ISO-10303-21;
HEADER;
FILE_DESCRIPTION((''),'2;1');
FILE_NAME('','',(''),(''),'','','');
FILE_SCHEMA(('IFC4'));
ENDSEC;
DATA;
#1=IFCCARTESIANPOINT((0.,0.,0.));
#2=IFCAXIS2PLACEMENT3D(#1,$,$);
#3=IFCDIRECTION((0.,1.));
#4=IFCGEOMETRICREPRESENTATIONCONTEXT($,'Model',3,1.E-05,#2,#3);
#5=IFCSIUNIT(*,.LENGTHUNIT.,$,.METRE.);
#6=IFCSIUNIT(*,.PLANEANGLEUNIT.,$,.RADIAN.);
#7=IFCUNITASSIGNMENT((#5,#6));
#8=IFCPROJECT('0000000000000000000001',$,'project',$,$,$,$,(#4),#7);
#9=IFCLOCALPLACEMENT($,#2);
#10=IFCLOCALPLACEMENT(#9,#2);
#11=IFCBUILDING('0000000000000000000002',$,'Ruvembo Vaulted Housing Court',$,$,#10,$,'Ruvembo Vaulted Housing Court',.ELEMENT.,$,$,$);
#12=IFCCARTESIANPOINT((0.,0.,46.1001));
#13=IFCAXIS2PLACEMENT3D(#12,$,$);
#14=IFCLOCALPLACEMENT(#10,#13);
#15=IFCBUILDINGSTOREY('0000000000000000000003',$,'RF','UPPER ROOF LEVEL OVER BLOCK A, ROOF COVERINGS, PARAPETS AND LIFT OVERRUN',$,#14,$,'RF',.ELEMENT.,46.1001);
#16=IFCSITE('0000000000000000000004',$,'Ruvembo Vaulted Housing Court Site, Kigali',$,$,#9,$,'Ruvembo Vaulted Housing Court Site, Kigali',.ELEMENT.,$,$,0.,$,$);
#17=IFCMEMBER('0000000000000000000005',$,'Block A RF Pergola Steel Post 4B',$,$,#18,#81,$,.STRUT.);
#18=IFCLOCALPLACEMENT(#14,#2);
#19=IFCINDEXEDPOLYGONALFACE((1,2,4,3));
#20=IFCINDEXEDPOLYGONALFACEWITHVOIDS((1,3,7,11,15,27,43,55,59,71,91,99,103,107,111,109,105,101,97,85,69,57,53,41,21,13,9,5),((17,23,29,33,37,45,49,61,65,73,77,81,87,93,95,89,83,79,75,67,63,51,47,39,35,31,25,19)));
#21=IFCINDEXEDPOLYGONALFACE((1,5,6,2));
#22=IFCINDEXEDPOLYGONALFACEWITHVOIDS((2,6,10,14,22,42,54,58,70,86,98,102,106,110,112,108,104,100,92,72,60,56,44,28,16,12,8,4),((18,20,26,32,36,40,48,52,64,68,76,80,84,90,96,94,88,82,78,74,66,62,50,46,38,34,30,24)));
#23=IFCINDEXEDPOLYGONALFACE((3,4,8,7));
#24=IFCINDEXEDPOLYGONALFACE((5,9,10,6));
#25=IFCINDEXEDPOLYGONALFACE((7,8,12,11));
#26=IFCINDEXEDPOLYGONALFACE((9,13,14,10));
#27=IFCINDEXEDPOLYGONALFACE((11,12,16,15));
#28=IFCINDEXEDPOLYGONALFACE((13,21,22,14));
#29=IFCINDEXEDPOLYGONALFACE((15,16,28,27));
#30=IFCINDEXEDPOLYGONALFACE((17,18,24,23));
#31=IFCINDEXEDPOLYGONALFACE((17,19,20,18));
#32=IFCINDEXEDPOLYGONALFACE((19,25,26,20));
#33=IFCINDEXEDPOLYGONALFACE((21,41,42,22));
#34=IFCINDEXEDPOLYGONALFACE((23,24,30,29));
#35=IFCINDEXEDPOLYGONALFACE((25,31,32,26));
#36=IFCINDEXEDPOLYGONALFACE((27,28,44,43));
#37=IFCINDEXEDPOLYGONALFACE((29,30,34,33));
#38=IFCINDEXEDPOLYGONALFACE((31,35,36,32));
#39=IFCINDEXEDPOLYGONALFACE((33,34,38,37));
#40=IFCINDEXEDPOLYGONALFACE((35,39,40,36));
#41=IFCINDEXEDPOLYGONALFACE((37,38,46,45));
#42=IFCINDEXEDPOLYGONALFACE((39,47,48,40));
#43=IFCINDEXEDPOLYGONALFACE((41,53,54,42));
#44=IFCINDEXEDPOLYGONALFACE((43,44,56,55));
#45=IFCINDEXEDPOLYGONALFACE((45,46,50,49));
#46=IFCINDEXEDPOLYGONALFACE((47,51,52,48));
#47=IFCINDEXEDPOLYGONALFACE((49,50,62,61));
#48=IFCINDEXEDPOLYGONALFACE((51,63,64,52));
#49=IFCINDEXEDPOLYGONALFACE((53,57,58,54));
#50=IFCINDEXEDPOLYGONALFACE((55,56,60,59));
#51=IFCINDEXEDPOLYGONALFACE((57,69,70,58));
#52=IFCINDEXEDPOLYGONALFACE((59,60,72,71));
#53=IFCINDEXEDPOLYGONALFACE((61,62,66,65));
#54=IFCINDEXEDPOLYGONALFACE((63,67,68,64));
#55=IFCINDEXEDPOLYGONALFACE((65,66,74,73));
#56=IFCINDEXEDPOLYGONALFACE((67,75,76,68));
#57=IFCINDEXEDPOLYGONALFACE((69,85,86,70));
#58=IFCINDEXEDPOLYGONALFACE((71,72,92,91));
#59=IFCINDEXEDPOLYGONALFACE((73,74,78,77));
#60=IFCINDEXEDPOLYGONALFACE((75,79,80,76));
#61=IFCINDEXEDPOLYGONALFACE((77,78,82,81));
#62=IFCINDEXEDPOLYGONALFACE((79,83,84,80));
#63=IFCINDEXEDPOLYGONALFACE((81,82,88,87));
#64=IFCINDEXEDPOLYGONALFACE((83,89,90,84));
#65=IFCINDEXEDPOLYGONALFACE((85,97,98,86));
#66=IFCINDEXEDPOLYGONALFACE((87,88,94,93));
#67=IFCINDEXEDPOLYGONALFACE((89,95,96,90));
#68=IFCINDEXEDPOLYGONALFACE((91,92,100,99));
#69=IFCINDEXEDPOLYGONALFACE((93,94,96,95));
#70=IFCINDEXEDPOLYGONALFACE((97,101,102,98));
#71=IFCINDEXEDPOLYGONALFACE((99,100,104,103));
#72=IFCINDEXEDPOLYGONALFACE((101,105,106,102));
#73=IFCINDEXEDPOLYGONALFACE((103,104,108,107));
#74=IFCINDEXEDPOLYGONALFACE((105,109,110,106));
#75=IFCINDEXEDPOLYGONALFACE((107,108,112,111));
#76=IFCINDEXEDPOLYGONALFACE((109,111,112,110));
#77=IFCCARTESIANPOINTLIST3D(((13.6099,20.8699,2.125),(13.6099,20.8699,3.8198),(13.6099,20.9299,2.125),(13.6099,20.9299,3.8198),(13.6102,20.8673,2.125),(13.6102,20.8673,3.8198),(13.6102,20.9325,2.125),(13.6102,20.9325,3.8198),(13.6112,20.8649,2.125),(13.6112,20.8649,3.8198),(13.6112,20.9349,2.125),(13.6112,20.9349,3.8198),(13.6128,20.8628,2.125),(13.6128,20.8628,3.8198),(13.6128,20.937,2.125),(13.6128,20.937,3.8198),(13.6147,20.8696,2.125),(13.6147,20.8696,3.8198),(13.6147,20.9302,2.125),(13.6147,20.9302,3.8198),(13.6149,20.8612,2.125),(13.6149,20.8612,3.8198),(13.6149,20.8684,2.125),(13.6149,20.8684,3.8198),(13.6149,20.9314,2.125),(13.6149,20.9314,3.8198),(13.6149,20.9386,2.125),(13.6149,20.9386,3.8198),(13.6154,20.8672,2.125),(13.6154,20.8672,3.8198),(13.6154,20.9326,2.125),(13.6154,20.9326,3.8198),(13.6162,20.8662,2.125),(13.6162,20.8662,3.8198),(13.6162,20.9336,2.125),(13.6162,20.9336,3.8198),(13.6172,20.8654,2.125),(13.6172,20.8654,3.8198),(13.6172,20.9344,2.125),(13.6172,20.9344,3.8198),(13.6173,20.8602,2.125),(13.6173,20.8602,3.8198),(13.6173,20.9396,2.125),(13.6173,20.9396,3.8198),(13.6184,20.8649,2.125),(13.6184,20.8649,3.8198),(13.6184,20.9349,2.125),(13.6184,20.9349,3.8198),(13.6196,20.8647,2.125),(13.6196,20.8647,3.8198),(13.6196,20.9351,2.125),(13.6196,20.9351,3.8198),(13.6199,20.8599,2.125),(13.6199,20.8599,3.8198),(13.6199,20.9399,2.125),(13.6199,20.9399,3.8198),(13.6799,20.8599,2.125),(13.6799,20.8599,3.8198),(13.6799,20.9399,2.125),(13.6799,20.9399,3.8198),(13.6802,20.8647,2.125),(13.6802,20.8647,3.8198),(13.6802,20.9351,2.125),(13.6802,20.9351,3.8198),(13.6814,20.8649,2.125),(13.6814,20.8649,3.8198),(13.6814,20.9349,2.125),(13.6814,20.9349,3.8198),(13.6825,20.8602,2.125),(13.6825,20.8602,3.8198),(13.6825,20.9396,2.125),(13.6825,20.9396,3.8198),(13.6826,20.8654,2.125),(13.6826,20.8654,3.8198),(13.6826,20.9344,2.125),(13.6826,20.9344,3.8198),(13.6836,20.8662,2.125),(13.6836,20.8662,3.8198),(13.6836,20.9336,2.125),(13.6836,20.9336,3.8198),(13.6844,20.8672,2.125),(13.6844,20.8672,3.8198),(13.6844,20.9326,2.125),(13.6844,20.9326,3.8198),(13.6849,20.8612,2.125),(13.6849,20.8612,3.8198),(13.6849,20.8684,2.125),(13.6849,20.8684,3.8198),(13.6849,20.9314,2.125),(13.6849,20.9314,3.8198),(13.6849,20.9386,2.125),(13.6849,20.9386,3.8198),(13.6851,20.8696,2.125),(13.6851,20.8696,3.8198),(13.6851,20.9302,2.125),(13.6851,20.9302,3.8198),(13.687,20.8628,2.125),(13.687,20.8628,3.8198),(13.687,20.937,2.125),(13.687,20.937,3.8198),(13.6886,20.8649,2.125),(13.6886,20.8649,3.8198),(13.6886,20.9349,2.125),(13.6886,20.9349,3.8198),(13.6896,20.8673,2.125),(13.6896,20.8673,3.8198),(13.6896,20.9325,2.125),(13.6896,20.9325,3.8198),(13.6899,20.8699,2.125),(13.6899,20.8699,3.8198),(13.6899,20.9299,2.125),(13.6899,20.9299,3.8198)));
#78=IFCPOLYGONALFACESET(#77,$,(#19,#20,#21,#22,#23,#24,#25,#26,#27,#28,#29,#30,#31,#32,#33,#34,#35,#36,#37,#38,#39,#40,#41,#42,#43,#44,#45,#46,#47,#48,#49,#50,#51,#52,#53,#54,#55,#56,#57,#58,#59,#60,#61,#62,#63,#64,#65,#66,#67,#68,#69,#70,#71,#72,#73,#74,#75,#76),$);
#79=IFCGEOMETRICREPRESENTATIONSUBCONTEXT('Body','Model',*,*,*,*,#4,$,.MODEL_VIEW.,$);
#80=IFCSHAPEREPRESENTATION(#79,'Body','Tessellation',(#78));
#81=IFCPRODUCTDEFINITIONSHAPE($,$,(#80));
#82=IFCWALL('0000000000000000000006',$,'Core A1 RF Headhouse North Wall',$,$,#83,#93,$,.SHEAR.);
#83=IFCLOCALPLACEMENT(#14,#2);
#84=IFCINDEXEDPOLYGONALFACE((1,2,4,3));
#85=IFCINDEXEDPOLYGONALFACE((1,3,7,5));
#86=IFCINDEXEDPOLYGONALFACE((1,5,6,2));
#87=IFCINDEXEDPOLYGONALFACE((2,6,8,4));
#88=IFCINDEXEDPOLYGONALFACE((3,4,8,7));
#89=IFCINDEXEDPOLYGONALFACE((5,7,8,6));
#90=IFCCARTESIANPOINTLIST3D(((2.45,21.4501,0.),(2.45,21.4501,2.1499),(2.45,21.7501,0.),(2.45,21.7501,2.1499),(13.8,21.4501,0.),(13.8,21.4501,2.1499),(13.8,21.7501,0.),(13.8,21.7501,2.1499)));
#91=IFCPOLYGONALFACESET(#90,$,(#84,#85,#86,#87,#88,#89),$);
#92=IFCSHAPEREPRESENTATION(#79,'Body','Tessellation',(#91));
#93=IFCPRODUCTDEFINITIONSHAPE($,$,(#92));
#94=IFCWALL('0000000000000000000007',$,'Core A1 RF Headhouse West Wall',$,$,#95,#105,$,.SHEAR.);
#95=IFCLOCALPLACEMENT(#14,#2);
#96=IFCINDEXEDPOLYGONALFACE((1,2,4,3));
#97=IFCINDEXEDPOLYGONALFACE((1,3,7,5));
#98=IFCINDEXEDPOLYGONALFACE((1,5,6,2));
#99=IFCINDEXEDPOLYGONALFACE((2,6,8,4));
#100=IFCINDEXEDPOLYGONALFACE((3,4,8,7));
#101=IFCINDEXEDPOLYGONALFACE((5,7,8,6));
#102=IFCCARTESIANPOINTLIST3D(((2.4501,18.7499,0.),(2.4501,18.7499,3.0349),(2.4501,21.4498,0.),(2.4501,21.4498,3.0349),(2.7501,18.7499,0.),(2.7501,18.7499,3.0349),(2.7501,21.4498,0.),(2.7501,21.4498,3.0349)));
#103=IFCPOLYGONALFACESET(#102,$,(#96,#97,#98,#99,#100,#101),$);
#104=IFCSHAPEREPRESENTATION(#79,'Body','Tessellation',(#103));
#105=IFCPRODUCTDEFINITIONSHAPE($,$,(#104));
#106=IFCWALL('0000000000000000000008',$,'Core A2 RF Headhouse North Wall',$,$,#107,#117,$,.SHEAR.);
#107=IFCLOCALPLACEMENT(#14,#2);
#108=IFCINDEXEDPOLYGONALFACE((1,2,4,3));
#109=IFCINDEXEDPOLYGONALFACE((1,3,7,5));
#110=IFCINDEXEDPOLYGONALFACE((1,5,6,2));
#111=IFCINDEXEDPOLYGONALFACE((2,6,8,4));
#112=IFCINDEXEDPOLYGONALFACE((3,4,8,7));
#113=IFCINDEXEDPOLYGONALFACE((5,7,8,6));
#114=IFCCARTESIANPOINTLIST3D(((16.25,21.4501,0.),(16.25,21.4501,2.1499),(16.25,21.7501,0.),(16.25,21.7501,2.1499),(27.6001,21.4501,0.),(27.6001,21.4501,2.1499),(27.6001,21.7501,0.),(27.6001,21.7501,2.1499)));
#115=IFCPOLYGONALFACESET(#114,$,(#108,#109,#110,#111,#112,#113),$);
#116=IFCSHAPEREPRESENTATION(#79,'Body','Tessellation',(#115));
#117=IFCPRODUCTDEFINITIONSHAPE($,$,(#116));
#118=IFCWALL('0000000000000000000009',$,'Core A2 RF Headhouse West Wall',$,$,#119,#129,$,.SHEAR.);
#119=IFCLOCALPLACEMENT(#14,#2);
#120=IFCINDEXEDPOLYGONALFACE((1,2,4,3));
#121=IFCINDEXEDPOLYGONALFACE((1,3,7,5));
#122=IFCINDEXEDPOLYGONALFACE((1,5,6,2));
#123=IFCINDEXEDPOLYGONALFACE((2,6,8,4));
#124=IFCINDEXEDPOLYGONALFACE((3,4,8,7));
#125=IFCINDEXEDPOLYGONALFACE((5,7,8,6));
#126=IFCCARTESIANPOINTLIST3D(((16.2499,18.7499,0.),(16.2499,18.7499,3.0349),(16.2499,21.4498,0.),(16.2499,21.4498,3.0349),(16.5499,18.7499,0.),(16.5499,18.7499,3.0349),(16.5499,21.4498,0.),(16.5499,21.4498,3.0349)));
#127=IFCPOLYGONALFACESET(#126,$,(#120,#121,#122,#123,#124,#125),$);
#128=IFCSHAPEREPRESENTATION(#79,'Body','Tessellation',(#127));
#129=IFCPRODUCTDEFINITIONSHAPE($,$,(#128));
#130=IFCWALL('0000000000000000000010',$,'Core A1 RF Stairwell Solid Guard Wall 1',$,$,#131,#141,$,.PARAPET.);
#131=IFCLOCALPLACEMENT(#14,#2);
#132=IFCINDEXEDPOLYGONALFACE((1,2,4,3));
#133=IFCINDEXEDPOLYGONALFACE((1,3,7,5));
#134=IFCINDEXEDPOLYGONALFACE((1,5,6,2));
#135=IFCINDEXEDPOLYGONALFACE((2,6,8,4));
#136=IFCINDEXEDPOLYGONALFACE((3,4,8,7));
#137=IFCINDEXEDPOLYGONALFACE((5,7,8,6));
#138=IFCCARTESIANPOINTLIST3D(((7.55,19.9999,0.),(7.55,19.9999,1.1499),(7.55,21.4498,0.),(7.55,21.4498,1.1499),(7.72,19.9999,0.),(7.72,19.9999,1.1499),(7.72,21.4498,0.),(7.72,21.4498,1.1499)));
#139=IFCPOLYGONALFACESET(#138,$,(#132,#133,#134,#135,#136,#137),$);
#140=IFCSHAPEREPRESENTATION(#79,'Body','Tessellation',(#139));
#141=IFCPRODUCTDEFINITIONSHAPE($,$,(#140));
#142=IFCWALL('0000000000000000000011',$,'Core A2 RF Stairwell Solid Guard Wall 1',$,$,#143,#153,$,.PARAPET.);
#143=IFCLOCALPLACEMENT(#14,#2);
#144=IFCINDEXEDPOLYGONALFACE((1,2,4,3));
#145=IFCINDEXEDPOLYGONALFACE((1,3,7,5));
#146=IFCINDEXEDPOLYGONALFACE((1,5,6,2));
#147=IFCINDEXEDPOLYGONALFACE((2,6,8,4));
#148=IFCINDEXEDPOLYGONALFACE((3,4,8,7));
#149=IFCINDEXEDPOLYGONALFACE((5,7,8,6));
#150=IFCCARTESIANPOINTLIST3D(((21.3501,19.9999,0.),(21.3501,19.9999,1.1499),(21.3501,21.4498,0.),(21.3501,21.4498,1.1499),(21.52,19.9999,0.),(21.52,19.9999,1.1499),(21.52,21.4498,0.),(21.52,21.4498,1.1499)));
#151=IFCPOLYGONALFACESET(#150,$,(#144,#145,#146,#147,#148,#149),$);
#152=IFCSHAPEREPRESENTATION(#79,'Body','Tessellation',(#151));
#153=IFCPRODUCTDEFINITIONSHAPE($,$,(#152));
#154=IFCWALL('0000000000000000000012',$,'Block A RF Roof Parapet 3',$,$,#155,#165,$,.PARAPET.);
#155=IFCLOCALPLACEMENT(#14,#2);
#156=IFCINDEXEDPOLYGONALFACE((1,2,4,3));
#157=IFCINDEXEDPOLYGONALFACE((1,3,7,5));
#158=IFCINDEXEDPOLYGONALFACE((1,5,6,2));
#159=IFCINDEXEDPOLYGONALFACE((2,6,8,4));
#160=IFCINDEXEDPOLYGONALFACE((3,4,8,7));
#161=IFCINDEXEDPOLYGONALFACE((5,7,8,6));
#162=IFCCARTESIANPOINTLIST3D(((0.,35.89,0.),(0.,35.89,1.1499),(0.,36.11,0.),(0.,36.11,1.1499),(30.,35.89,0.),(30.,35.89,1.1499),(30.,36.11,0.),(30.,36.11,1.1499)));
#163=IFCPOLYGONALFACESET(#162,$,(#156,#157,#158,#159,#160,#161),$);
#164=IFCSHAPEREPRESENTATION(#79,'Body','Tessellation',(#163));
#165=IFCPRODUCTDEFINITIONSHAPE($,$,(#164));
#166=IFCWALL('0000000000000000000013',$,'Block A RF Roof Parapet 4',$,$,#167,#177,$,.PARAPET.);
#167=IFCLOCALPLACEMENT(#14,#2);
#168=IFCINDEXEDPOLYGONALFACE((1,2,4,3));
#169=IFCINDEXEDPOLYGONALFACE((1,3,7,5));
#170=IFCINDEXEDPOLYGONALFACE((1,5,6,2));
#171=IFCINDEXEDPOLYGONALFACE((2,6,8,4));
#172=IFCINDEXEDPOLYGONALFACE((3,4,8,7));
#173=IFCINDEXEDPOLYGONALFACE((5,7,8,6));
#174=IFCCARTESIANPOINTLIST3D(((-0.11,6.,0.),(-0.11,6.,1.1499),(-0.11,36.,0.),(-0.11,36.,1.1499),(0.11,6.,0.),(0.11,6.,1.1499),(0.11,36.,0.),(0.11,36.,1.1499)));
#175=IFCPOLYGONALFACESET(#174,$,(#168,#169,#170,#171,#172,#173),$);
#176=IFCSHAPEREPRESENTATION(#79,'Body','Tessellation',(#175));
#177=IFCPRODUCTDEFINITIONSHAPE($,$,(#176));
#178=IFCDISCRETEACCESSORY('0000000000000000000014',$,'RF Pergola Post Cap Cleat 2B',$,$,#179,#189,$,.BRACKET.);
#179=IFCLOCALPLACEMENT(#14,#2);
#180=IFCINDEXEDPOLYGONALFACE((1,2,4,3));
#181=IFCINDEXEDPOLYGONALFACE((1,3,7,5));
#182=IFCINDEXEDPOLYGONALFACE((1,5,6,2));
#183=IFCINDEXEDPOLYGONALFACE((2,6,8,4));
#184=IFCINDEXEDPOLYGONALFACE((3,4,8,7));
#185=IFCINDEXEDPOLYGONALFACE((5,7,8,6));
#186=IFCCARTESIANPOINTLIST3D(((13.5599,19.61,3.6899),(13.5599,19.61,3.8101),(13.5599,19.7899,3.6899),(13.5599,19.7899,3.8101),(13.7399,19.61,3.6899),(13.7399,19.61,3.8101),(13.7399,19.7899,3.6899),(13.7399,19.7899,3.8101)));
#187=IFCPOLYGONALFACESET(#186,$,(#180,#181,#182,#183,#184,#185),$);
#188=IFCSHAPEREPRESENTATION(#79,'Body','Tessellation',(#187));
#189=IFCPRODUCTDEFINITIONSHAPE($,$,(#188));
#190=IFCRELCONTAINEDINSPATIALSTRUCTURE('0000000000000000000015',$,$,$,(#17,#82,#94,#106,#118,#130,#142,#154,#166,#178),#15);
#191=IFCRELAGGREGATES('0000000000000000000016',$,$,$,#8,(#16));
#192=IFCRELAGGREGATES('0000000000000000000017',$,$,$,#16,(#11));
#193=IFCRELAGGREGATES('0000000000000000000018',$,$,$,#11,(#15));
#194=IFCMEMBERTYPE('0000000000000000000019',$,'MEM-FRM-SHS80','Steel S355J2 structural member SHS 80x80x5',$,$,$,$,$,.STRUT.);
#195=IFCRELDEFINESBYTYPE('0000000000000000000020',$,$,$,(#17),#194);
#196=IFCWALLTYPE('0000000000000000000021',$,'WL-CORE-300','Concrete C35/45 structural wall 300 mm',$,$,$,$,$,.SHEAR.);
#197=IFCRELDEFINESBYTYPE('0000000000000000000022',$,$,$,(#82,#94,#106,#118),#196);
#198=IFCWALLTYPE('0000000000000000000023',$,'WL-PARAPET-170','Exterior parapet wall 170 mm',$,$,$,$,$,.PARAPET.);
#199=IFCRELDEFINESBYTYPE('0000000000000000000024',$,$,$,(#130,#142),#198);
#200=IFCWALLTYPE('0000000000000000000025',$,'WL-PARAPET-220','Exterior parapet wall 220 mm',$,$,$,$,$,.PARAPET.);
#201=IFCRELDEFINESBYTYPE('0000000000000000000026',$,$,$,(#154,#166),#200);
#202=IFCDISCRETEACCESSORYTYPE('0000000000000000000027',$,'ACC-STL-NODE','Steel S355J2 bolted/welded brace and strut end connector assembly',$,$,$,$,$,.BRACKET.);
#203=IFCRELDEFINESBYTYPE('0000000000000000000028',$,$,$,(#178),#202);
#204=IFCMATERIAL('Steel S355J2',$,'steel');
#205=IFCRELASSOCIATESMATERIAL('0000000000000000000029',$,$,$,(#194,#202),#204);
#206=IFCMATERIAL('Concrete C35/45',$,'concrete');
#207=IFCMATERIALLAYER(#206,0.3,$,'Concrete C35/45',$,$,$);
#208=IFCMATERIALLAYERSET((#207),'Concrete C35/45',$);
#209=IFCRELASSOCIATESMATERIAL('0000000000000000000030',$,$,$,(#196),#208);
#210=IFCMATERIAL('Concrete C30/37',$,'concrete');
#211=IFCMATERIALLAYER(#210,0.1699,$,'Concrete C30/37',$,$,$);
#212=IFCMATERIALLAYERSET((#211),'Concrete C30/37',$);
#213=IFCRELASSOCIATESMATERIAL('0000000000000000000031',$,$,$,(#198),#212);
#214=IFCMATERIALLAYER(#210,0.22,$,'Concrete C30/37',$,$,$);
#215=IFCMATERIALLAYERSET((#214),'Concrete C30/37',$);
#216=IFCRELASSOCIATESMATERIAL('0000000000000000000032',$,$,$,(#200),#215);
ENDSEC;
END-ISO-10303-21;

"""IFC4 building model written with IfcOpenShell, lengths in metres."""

from ifc_helpers import new_model, si_unit, direction, frame, frame_2d, origin, origin_2d, place, context, subcontext, project, spatial, rectangle, hollow_rectangle, extrude, material, layer, layer_set, material_profile, profile_set, type_object, element, save


model = new_model("IFC4")

# Units and contexts
model_context = context("Model", 3, precision=1e-05, world=origin(), true_north=direction((0.0, 1.0)))
body_context = subcontext(model_context, "Body", "Model", "MODEL_VIEW")
ifc_project = project(units=[si_unit("LENGTHUNIT", "METRE"), si_unit("PLANEANGLEUNIT", "RADIAN")], contexts=[model_context])

# Site, building, storey
site_placement = place(None, origin())
site = spatial("IfcSite", under=ifc_project, at=site_placement, Name="Ruvembo Vaulted Housing Court Site, Kigali", LongName="Ruvembo Vaulted Housing Court Site, Kigali", CompositionType="ELEMENT", RefElevation=0.0)
building_placement = place(site_placement, origin())
building = spatial("IfcBuilding", under=site, at=building_placement, Name="Ruvembo Vaulted Housing Court", LongName="Ruvembo Vaulted Housing Court", CompositionType="ELEMENT")
storey_placement = place(building_placement, frame((0.0, 0.0, 46.1001)))
storey = spatial("IfcBuildingStorey", under=building, at=storey_placement, Name="RF", Description="UPPER ROOF LEVEL OVER BLOCK A, ROOF COVERINGS, PARAPETS AND LIFT OVERRUN", LongName="RF", CompositionType="ELEMENT", Elevation=46.1001)

# Shared definitions
ifc_material_1 = material(Name="Steel S355J2", Category="steel")

# Member
ifc_material_profile_1 = material_profile(ifc_material_1, hollow_rectangle(XDim=0.0801, YDim=0.0801, WallThickness=0.0049, InnerFilletRadius=0.0049, OuterFilletRadius=0.01, at=origin_2d()), Name="SHS 80x80x5")
ifc_profile_set_1 = profile_set([ifc_material_profile_1], Name="Steel S355J2")
member_type = type_object("IfcMemberType", Name="MEM-FRM-SHS80", Description="Steel S355J2 structural member SHS 80x80x5", PredefinedType="STRUT", material=ifc_profile_set_1)
member_1_placement = place(storey_placement, frame((13.6499, 20.8999, 2.125), z_axis=(0.0, 0.0, 1.0), x_axis=(1.0, 0.0, 0.0)))
element("IfcMember", 1, at=member_1_placement, inside=storey, type_object=member_type, Name="Block A RF Pergola Steel Post 4B", PredefinedType="STRUT", context=body_context, shape_type="SweptSolid", body=[
    extrude(hollow_rectangle(XDim=0.0801, YDim=0.0801, WallThickness=0.0049, InnerFilletRadius=0.0049, OuterFilletRadius=0.01, at=origin_2d()), origin(), (0.0, 0.0, 1.0), 1.6948),
])

# Walls
ifc_material_2 = material(Name="Concrete C35/45", Category="concrete")
ifc_layer_1 = layer(ifc_material_2, 0.3, Name="Concrete C35/45")
ifc_layer_set_1 = layer_set([ifc_layer_1], Name="Concrete C35/45")
wall_type_1 = type_object("IfcWallType", Name="WL-CORE-300", Description="Concrete C35/45 structural wall 300 mm", PredefinedType="SHEAR", material=ifc_layer_set_1)
wall_1_placement = place(storey_placement, frame((13.8, 21.6001, 0.0), z_axis=(0.0, 0.0, 1.0), x_axis=(-1.0, 0.0, 0.0)))
element("IfcWall", 2, at=wall_1_placement, inside=storey, type_object=wall_type_1, Name="Core A1 RF Headhouse North Wall", PredefinedType="SHEAR", context=body_context, shape_type="SweptSolid", body=[
    extrude(rectangle(XDim=11.3501, YDim=0.3, at=frame_2d((5.675, 0.0))), origin(), (0.0, 0.0, 1.0), 2.1499),
])
wall_2_placement = place(storey_placement, frame((2.6001, 21.45, 0.0), z_axis=(0.0, 0.0, 1.0), x_axis=(0.0, -1.0, 0.0)))
element("IfcWall", 3, at=wall_2_placement, inside=storey, type_object=wall_type_1, Name="Core A1 RF Headhouse West Wall", PredefinedType="SHEAR", context=body_context, shape_type="SweptSolid", body=[
    extrude(rectangle(XDim=2.7, YDim=0.3, at=frame_2d((1.3501, 0.0))), origin(), (0.0, 0.0, 1.0), 3.0349),
])
wall_3_placement = place(storey_placement, frame((27.6001, 21.6001, 0.0), z_axis=(0.0, 0.0, 1.0), x_axis=(-1.0, 0.0, 0.0)))
element("IfcWall", 4, at=wall_3_placement, inside=storey, type_object=wall_type_1, Name="Core A2 RF Headhouse North Wall", PredefinedType="SHEAR", context=body_context, shape_type="SweptSolid", body=[
    extrude(rectangle(XDim=11.3501, YDim=0.3, at=frame_2d((5.675, 0.0))), origin(), (0.0, 0.0, 1.0), 2.1499),
])
wall_4_placement = place(storey_placement, frame((16.3999, 21.45, 0.0), z_axis=(0.0, 0.0, 1.0), x_axis=(0.0, -1.0, 0.0)))
element("IfcWall", 5, at=wall_4_placement, inside=storey, type_object=wall_type_1, Name="Core A2 RF Headhouse West Wall", PredefinedType="SHEAR", context=body_context, shape_type="SweptSolid", body=[
    extrude(rectangle(XDim=2.7, YDim=0.3, at=frame_2d((1.3501, 0.0))), origin(), (0.0, 0.0, 1.0), 3.0349),
])
ifc_material_3 = material(Name="Concrete C30/37", Category="concrete")
ifc_layer_2 = layer(ifc_material_3, 0.1699, Name="Concrete C30/37")
ifc_layer_set_2 = layer_set([ifc_layer_2], Name="Concrete C30/37")
wall_type_2 = type_object("IfcWallType", Name="WL-PARAPET-170", Description="Exterior parapet wall 170 mm", PredefinedType="PARAPET", material=ifc_layer_set_2)
for number, where, z_axis, x_axis, name in (
    (6, (7.635, 21.45, 0.0), (0.0, 0.0, 1.0), (0.0, -1.0, 0.0), "Core A1 RF Stairwell Solid Guard Wall 1"),
    (7, (21.4351, 21.45, 0.0), (0.0, 0.0, 1.0), (0.0, -1.0, 0.0), "Core A2 RF Stairwell Solid Guard Wall 1"),
):
    element("IfcWall", number, at=place(storey_placement, frame(where, z_axis=z_axis, x_axis=x_axis)), inside=storey, type_object=wall_type_2, Name=name, PredefinedType="PARAPET", context=body_context, shape_type="SweptSolid", body=[
        extrude(rectangle(XDim=1.45, YDim=0.1699, at=frame_2d((0.7251, 0.0))), origin(), (0.0, 0.0, 1.0), 1.1499),
    ])
ifc_layer_3 = layer(ifc_material_3, 0.22, Name="Concrete C30/37")
ifc_layer_set_3 = layer_set([ifc_layer_3], Name="Concrete C30/37")
wall_type_3 = type_object("IfcWallType", Name="WL-PARAPET-220", Description="Exterior parapet wall 220 mm", PredefinedType="PARAPET", material=ifc_layer_set_3)
for number, where, z_axis, x_axis, name in (
    (8, (30.0, 36.0, 0.0), (0.0, 0.0, 1.0), (-1.0, 0.0, 0.0), "Block A RF Roof Parapet 3"),
    (9, (0.0, 36.0, 0.0), (0.0, 0.0, 1.0), (0.0, -1.0, 0.0), "Block A RF Roof Parapet 4"),
):
    element("IfcWall", number, at=place(storey_placement, frame(where, z_axis=z_axis, x_axis=x_axis)), inside=storey, type_object=wall_type_3, Name=name, PredefinedType="PARAPET", context=body_context, shape_type="SweptSolid", body=[
        extrude(rectangle(XDim=30.0, YDim=0.22, at=frame_2d((15.0, 0.0))), origin(), (0.0, 0.0, 1.0), 1.1499),
    ])

# Discrete accessory
discrete_accessory_type = type_object("IfcDiscreteAccessoryType", Name="ACC-STL-NODE", Description="Steel S355J2 bolted/welded brace and strut end connector assembly", PredefinedType="BRACKET", material=ifc_material_1)
discrete_accessory_1_placement = place(storey_placement, frame((13.6499, 19.7, 3.6899), z_axis=(0.0, 0.0, 1.0), x_axis=(1.0, 0.0, 0.0)))
element("IfcDiscreteAccessory", 10, at=discrete_accessory_1_placement, inside=storey, type_object=discrete_accessory_type, Name="RF Pergola Post Cap Cleat 2B", PredefinedType="BRACKET", context=body_context, shape_type="SweptSolid", body=[
    extrude(rectangle(XDim=0.1799, YDim=0.1799, at=origin_2d()), origin(), (0.0, 0.0, 1.0), 0.1201),
])

save(model, "model.ifc")
